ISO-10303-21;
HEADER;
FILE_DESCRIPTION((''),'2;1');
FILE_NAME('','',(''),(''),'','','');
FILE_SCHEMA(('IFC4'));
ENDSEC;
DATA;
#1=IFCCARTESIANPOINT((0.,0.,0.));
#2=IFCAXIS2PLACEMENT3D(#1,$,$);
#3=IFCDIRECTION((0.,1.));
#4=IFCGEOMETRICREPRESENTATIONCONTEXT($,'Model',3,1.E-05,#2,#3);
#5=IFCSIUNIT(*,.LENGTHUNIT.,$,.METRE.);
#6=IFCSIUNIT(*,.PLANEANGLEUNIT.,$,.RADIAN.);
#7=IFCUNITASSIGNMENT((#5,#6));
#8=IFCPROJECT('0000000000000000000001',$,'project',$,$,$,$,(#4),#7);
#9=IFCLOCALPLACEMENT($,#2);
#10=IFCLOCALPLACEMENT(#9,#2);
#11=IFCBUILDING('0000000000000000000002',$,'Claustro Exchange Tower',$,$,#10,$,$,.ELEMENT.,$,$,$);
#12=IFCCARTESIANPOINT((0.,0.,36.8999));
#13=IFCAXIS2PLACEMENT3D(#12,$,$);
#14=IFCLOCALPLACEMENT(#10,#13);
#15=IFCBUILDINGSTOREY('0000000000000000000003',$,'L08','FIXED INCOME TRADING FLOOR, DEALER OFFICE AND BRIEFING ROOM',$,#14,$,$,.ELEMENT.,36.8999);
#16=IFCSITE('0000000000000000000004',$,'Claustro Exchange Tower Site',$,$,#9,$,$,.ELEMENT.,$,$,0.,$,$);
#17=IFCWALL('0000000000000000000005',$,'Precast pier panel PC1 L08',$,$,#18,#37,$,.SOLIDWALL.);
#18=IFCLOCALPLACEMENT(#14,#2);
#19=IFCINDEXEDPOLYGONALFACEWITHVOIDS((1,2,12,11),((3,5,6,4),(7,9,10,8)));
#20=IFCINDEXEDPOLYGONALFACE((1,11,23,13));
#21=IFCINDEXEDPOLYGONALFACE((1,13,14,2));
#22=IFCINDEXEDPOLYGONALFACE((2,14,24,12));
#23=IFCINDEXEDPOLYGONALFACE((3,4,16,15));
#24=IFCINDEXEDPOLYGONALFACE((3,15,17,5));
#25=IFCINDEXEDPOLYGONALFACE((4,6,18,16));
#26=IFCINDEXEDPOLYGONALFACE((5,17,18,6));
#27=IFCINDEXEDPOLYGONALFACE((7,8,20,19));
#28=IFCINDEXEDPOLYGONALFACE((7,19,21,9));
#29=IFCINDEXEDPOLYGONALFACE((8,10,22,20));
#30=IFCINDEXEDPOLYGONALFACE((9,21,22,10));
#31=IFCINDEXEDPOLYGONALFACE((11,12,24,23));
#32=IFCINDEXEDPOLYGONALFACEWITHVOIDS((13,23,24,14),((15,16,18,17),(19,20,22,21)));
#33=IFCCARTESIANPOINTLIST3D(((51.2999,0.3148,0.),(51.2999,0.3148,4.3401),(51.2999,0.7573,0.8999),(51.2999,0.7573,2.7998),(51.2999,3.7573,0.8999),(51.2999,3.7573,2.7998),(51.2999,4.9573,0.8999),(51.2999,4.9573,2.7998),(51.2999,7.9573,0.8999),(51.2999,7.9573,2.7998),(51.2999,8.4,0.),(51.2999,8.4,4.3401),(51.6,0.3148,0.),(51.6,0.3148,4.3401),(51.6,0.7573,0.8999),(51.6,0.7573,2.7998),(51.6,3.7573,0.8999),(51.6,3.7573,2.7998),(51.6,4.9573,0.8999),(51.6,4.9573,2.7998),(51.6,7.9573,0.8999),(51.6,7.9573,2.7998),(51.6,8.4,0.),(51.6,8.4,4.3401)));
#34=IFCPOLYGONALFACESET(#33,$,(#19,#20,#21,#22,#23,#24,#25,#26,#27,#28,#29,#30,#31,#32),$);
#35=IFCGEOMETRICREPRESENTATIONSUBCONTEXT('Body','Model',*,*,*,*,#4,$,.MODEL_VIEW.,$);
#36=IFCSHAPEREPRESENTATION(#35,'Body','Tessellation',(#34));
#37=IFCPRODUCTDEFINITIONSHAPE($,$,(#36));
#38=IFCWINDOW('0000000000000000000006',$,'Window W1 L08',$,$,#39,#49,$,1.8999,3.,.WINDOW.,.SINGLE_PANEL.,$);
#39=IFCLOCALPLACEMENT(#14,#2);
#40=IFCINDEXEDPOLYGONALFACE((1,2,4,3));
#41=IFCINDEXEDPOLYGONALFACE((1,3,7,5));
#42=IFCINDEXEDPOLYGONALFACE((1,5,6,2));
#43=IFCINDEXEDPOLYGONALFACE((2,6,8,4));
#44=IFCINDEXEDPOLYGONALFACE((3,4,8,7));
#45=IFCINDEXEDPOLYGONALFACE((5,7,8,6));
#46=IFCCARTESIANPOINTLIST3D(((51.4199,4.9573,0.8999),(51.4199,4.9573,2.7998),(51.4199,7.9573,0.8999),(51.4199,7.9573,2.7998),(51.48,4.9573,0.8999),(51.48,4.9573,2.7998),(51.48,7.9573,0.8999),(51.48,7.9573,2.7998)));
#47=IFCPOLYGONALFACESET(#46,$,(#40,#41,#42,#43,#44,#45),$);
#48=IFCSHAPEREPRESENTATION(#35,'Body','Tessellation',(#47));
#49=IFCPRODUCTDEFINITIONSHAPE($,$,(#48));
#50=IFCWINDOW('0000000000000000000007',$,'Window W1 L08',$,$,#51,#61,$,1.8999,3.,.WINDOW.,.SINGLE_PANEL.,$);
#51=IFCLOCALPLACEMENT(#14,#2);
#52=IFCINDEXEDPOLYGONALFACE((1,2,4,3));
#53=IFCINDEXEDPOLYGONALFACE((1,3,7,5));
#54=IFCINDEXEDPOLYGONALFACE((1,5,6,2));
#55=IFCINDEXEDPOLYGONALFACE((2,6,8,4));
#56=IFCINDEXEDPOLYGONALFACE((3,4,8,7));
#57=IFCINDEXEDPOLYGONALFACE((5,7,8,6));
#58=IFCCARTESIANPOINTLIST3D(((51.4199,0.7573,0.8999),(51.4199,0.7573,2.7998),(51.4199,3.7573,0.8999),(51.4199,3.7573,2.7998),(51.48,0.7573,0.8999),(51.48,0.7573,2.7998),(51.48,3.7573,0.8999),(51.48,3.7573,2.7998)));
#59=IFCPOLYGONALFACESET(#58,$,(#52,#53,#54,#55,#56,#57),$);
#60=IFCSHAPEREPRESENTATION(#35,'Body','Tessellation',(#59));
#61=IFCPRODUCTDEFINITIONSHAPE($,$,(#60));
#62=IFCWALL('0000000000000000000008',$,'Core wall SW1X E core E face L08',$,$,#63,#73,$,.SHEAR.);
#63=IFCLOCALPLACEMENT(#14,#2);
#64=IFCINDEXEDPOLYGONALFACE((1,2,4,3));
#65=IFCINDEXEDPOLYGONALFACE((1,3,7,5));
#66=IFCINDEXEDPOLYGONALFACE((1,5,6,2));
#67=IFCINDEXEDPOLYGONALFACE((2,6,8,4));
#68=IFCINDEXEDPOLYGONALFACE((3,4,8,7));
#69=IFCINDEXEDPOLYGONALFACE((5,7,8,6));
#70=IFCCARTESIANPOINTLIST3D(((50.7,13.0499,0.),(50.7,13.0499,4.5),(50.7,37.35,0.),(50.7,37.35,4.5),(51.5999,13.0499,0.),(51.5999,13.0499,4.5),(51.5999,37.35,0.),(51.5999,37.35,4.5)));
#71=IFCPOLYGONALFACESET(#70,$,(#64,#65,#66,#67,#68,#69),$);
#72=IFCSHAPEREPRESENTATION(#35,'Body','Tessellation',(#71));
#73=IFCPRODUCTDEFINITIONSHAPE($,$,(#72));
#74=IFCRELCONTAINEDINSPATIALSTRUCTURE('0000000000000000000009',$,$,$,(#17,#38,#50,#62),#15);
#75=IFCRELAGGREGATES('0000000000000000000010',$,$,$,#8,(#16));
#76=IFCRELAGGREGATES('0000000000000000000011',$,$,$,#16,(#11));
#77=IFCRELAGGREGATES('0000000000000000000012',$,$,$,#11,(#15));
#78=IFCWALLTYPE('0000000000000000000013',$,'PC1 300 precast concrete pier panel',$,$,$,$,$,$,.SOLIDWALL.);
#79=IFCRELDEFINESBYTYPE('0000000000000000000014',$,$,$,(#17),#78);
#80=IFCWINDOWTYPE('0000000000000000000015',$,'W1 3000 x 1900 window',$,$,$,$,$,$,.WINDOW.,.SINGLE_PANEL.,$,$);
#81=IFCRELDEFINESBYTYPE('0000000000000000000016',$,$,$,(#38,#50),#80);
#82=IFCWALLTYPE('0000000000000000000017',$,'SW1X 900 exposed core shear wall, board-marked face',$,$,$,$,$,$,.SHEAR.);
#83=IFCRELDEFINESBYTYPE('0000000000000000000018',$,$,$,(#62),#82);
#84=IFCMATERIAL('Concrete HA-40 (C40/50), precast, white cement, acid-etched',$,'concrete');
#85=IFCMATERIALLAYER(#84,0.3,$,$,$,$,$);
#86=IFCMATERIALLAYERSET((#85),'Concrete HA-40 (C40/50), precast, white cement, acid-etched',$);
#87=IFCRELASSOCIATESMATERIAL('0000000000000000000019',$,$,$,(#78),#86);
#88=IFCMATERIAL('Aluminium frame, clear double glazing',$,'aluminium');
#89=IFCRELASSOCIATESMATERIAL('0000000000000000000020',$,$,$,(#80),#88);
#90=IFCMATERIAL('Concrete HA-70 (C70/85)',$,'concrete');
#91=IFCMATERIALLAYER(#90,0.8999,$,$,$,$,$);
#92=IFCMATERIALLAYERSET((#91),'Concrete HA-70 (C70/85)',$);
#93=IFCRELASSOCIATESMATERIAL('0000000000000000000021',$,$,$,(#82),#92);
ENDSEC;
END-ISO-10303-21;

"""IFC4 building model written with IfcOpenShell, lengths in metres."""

from ifc_helpers import new_model, si_unit, direction, frame, frame_2d, origin, place, context, subcontext, project, spatial, rectangle, extrude, material, layer, layer_set, type_object, element, fill, save


model = new_model("IFC4")

# Units and contexts
model_context = context("Model", 3, precision=1e-05, world=origin(), true_north=direction((0.0, 1.0)))
body_context = subcontext(model_context, "Body", "Model", "MODEL_VIEW")
ifc_project = project(units=[si_unit("LENGTHUNIT", "METRE"), si_unit("PLANEANGLEUNIT", "RADIAN")], contexts=[model_context])

# Site, building, storey
site_placement = place(None, origin())
site = spatial("IfcSite", under=ifc_project, at=site_placement, Name="Claustro Exchange Tower Site", CompositionType="ELEMENT", RefElevation=0.0)
building_placement = place(site_placement, origin())
building = spatial("IfcBuilding", under=site, at=building_placement, Name="Claustro Exchange Tower", CompositionType="ELEMENT")
storey_placement = place(building_placement, frame((0.0, 0.0, 36.8999)))
storey = spatial("IfcBuildingStorey", under=building, at=storey_placement, Name="L08", Description="FIXED INCOME TRADING FLOOR, DEALER OFFICE AND BRIEFING ROOM", CompositionType="ELEMENT", Elevation=36.8999)

# Shared definitions
ifc_material_1 = material(Name="Concrete HA-40 (C40/50), precast, white cement, acid-etched", Category="concrete")
ifc_layer_1 = layer(ifc_material_1, 0.3)
ifc_layer_set_1 = layer_set([ifc_layer_1], Name="Concrete HA-40 (C40/50), precast, white cement, acid-etched")
wall_type_1 = type_object("IfcWallType", Name="PC1 300 precast concrete pier panel", PredefinedType="SOLIDWALL", material=ifc_layer_set_1)

# Wall, openings, windows
wall_1_placement = place(storey_placement, frame((51.45, 8.3999, 0.0), z_axis=(0.0, 0.0, 1.0), x_axis=(0.0, -1.0, 0.0)))
wall_1 = element("IfcWall", 1, at=wall_1_placement, inside=storey, type_object=wall_type_1, Name="Precast pier panel PC1 L08", PredefinedType="SOLIDWALL", context=body_context, shape_type="SweptSolid", body=[
    extrude(rectangle(XDim=8.0852, YDim=0.3, at=frame_2d((4.0425, 0.0))), origin(), (0.0, 0.0, 1.0), 4.3401),
])
opening_1_placement = place(wall_1_placement, frame((0.4426, 0.0, 0.8999)))
opening_1 = element("IfcOpeningElement", 2, at=opening_1_placement, cuts=wall_1, PredefinedType="OPENING", context=body_context, shape_type="SweptSolid", body=[
    extrude(rectangle(XDim=3.0, YDim=1.8999, at=frame_2d((1.5, 0.95))), frame((0.0, 0.1599, 0.0), z_axis=(0.0, -1.0, 0.0), x_axis=(1.0, 0.0, 0.0)), (0.0, 0.0, 1.0), 0.3201),
])
opening_2_placement = place(wall_1_placement, frame((4.6426, 0.0, 0.8999)))
opening_2 = element("IfcOpeningElement", 3, at=opening_2_placement, cuts=wall_1, PredefinedType="OPENING", context=body_context, shape_type="SweptSolid", body=[
    extrude(rectangle(XDim=3.0, YDim=1.8999, at=frame_2d((1.5, 0.95))), frame((0.0, 0.1599, 0.0), z_axis=(0.0, -1.0, 0.0), x_axis=(1.0, 0.0, 0.0)), (0.0, 0.0, 1.0), 0.3201),
])
ifc_material_2 = material(Name="Aluminium frame, clear double glazing", Category="aluminium")
window_type_1 = type_object("IfcWindowType", Name="W1 3000 x 1900 window", PartitioningType="SINGLE_PANEL", PredefinedType="WINDOW", material=ifc_material_2)
window_1_placement = place(opening_1_placement, origin())
window_1 = element("IfcWindow", 4, at=window_1_placement, inside=storey, type_object=window_type_1, Name="Window W1 L08", OverallHeight=1.8999, OverallWidth=3.0, PartitioningType="SINGLE_PANEL", PredefinedType="WINDOW", context=body_context, shape_type="SweptSolid", body=[
    extrude(rectangle(XDim=3.0, YDim=1.8999, at=frame_2d((1.5, 0.95))), frame((0.0, 0.03, 0.0), z_axis=(0.0, -1.0, 0.0), x_axis=(1.0, 0.0, 0.0)), (0.0, 0.0, 1.0), 0.0601),
])
fill(opening_1, window_1)
window_2_placement = place(opening_2_placement, origin())
window_2 = element("IfcWindow", 5, at=window_2_placement, inside=storey, type_object=window_type_1, Name="Window W1 L08", OverallHeight=1.8999, OverallWidth=3.0, PartitioningType="SINGLE_PANEL", PredefinedType="WINDOW", context=body_context, shape_type="SweptSolid", body=[
    extrude(rectangle(XDim=3.0, YDim=1.8999, at=frame_2d((1.5, 0.95))), frame((0.0, 0.03, 0.0), z_axis=(0.0, -1.0, 0.0), x_axis=(1.0, 0.0, 0.0)), (0.0, 0.0, 1.0), 0.0601),
])
fill(opening_2, window_2)

# Wall
ifc_material_3 = material(Name="Concrete HA-70 (C70/85)", Category="concrete")
ifc_layer_2 = layer(ifc_material_3, 0.8999)
ifc_layer_set_2 = layer_set([ifc_layer_2], Name="Concrete HA-70 (C70/85)")
wall_type_2 = type_object("IfcWallType", Name="SW1X 900 exposed core shear wall, board-marked face", PredefinedType="SHEAR", material=ifc_layer_set_2)
wall_2_placement = place(storey_placement, frame((51.1499, 13.05, 0.0), z_axis=(0.0, 0.0, 1.0), x_axis=(0.0, 1.0, 0.0)))
element("IfcWall", 6, at=wall_2_placement, inside=storey, type_object=wall_type_2, Name="Core wall SW1X E core E face L08", PredefinedType="SHEAR", context=body_context, shape_type="SweptSolid", body=[
    extrude(rectangle(XDim=24.3, YDim=0.8999, at=frame_2d((12.1499, 0.0))), origin(), (0.0, 0.0, 1.0), 4.5),
])

save(model, "model.ifc")
